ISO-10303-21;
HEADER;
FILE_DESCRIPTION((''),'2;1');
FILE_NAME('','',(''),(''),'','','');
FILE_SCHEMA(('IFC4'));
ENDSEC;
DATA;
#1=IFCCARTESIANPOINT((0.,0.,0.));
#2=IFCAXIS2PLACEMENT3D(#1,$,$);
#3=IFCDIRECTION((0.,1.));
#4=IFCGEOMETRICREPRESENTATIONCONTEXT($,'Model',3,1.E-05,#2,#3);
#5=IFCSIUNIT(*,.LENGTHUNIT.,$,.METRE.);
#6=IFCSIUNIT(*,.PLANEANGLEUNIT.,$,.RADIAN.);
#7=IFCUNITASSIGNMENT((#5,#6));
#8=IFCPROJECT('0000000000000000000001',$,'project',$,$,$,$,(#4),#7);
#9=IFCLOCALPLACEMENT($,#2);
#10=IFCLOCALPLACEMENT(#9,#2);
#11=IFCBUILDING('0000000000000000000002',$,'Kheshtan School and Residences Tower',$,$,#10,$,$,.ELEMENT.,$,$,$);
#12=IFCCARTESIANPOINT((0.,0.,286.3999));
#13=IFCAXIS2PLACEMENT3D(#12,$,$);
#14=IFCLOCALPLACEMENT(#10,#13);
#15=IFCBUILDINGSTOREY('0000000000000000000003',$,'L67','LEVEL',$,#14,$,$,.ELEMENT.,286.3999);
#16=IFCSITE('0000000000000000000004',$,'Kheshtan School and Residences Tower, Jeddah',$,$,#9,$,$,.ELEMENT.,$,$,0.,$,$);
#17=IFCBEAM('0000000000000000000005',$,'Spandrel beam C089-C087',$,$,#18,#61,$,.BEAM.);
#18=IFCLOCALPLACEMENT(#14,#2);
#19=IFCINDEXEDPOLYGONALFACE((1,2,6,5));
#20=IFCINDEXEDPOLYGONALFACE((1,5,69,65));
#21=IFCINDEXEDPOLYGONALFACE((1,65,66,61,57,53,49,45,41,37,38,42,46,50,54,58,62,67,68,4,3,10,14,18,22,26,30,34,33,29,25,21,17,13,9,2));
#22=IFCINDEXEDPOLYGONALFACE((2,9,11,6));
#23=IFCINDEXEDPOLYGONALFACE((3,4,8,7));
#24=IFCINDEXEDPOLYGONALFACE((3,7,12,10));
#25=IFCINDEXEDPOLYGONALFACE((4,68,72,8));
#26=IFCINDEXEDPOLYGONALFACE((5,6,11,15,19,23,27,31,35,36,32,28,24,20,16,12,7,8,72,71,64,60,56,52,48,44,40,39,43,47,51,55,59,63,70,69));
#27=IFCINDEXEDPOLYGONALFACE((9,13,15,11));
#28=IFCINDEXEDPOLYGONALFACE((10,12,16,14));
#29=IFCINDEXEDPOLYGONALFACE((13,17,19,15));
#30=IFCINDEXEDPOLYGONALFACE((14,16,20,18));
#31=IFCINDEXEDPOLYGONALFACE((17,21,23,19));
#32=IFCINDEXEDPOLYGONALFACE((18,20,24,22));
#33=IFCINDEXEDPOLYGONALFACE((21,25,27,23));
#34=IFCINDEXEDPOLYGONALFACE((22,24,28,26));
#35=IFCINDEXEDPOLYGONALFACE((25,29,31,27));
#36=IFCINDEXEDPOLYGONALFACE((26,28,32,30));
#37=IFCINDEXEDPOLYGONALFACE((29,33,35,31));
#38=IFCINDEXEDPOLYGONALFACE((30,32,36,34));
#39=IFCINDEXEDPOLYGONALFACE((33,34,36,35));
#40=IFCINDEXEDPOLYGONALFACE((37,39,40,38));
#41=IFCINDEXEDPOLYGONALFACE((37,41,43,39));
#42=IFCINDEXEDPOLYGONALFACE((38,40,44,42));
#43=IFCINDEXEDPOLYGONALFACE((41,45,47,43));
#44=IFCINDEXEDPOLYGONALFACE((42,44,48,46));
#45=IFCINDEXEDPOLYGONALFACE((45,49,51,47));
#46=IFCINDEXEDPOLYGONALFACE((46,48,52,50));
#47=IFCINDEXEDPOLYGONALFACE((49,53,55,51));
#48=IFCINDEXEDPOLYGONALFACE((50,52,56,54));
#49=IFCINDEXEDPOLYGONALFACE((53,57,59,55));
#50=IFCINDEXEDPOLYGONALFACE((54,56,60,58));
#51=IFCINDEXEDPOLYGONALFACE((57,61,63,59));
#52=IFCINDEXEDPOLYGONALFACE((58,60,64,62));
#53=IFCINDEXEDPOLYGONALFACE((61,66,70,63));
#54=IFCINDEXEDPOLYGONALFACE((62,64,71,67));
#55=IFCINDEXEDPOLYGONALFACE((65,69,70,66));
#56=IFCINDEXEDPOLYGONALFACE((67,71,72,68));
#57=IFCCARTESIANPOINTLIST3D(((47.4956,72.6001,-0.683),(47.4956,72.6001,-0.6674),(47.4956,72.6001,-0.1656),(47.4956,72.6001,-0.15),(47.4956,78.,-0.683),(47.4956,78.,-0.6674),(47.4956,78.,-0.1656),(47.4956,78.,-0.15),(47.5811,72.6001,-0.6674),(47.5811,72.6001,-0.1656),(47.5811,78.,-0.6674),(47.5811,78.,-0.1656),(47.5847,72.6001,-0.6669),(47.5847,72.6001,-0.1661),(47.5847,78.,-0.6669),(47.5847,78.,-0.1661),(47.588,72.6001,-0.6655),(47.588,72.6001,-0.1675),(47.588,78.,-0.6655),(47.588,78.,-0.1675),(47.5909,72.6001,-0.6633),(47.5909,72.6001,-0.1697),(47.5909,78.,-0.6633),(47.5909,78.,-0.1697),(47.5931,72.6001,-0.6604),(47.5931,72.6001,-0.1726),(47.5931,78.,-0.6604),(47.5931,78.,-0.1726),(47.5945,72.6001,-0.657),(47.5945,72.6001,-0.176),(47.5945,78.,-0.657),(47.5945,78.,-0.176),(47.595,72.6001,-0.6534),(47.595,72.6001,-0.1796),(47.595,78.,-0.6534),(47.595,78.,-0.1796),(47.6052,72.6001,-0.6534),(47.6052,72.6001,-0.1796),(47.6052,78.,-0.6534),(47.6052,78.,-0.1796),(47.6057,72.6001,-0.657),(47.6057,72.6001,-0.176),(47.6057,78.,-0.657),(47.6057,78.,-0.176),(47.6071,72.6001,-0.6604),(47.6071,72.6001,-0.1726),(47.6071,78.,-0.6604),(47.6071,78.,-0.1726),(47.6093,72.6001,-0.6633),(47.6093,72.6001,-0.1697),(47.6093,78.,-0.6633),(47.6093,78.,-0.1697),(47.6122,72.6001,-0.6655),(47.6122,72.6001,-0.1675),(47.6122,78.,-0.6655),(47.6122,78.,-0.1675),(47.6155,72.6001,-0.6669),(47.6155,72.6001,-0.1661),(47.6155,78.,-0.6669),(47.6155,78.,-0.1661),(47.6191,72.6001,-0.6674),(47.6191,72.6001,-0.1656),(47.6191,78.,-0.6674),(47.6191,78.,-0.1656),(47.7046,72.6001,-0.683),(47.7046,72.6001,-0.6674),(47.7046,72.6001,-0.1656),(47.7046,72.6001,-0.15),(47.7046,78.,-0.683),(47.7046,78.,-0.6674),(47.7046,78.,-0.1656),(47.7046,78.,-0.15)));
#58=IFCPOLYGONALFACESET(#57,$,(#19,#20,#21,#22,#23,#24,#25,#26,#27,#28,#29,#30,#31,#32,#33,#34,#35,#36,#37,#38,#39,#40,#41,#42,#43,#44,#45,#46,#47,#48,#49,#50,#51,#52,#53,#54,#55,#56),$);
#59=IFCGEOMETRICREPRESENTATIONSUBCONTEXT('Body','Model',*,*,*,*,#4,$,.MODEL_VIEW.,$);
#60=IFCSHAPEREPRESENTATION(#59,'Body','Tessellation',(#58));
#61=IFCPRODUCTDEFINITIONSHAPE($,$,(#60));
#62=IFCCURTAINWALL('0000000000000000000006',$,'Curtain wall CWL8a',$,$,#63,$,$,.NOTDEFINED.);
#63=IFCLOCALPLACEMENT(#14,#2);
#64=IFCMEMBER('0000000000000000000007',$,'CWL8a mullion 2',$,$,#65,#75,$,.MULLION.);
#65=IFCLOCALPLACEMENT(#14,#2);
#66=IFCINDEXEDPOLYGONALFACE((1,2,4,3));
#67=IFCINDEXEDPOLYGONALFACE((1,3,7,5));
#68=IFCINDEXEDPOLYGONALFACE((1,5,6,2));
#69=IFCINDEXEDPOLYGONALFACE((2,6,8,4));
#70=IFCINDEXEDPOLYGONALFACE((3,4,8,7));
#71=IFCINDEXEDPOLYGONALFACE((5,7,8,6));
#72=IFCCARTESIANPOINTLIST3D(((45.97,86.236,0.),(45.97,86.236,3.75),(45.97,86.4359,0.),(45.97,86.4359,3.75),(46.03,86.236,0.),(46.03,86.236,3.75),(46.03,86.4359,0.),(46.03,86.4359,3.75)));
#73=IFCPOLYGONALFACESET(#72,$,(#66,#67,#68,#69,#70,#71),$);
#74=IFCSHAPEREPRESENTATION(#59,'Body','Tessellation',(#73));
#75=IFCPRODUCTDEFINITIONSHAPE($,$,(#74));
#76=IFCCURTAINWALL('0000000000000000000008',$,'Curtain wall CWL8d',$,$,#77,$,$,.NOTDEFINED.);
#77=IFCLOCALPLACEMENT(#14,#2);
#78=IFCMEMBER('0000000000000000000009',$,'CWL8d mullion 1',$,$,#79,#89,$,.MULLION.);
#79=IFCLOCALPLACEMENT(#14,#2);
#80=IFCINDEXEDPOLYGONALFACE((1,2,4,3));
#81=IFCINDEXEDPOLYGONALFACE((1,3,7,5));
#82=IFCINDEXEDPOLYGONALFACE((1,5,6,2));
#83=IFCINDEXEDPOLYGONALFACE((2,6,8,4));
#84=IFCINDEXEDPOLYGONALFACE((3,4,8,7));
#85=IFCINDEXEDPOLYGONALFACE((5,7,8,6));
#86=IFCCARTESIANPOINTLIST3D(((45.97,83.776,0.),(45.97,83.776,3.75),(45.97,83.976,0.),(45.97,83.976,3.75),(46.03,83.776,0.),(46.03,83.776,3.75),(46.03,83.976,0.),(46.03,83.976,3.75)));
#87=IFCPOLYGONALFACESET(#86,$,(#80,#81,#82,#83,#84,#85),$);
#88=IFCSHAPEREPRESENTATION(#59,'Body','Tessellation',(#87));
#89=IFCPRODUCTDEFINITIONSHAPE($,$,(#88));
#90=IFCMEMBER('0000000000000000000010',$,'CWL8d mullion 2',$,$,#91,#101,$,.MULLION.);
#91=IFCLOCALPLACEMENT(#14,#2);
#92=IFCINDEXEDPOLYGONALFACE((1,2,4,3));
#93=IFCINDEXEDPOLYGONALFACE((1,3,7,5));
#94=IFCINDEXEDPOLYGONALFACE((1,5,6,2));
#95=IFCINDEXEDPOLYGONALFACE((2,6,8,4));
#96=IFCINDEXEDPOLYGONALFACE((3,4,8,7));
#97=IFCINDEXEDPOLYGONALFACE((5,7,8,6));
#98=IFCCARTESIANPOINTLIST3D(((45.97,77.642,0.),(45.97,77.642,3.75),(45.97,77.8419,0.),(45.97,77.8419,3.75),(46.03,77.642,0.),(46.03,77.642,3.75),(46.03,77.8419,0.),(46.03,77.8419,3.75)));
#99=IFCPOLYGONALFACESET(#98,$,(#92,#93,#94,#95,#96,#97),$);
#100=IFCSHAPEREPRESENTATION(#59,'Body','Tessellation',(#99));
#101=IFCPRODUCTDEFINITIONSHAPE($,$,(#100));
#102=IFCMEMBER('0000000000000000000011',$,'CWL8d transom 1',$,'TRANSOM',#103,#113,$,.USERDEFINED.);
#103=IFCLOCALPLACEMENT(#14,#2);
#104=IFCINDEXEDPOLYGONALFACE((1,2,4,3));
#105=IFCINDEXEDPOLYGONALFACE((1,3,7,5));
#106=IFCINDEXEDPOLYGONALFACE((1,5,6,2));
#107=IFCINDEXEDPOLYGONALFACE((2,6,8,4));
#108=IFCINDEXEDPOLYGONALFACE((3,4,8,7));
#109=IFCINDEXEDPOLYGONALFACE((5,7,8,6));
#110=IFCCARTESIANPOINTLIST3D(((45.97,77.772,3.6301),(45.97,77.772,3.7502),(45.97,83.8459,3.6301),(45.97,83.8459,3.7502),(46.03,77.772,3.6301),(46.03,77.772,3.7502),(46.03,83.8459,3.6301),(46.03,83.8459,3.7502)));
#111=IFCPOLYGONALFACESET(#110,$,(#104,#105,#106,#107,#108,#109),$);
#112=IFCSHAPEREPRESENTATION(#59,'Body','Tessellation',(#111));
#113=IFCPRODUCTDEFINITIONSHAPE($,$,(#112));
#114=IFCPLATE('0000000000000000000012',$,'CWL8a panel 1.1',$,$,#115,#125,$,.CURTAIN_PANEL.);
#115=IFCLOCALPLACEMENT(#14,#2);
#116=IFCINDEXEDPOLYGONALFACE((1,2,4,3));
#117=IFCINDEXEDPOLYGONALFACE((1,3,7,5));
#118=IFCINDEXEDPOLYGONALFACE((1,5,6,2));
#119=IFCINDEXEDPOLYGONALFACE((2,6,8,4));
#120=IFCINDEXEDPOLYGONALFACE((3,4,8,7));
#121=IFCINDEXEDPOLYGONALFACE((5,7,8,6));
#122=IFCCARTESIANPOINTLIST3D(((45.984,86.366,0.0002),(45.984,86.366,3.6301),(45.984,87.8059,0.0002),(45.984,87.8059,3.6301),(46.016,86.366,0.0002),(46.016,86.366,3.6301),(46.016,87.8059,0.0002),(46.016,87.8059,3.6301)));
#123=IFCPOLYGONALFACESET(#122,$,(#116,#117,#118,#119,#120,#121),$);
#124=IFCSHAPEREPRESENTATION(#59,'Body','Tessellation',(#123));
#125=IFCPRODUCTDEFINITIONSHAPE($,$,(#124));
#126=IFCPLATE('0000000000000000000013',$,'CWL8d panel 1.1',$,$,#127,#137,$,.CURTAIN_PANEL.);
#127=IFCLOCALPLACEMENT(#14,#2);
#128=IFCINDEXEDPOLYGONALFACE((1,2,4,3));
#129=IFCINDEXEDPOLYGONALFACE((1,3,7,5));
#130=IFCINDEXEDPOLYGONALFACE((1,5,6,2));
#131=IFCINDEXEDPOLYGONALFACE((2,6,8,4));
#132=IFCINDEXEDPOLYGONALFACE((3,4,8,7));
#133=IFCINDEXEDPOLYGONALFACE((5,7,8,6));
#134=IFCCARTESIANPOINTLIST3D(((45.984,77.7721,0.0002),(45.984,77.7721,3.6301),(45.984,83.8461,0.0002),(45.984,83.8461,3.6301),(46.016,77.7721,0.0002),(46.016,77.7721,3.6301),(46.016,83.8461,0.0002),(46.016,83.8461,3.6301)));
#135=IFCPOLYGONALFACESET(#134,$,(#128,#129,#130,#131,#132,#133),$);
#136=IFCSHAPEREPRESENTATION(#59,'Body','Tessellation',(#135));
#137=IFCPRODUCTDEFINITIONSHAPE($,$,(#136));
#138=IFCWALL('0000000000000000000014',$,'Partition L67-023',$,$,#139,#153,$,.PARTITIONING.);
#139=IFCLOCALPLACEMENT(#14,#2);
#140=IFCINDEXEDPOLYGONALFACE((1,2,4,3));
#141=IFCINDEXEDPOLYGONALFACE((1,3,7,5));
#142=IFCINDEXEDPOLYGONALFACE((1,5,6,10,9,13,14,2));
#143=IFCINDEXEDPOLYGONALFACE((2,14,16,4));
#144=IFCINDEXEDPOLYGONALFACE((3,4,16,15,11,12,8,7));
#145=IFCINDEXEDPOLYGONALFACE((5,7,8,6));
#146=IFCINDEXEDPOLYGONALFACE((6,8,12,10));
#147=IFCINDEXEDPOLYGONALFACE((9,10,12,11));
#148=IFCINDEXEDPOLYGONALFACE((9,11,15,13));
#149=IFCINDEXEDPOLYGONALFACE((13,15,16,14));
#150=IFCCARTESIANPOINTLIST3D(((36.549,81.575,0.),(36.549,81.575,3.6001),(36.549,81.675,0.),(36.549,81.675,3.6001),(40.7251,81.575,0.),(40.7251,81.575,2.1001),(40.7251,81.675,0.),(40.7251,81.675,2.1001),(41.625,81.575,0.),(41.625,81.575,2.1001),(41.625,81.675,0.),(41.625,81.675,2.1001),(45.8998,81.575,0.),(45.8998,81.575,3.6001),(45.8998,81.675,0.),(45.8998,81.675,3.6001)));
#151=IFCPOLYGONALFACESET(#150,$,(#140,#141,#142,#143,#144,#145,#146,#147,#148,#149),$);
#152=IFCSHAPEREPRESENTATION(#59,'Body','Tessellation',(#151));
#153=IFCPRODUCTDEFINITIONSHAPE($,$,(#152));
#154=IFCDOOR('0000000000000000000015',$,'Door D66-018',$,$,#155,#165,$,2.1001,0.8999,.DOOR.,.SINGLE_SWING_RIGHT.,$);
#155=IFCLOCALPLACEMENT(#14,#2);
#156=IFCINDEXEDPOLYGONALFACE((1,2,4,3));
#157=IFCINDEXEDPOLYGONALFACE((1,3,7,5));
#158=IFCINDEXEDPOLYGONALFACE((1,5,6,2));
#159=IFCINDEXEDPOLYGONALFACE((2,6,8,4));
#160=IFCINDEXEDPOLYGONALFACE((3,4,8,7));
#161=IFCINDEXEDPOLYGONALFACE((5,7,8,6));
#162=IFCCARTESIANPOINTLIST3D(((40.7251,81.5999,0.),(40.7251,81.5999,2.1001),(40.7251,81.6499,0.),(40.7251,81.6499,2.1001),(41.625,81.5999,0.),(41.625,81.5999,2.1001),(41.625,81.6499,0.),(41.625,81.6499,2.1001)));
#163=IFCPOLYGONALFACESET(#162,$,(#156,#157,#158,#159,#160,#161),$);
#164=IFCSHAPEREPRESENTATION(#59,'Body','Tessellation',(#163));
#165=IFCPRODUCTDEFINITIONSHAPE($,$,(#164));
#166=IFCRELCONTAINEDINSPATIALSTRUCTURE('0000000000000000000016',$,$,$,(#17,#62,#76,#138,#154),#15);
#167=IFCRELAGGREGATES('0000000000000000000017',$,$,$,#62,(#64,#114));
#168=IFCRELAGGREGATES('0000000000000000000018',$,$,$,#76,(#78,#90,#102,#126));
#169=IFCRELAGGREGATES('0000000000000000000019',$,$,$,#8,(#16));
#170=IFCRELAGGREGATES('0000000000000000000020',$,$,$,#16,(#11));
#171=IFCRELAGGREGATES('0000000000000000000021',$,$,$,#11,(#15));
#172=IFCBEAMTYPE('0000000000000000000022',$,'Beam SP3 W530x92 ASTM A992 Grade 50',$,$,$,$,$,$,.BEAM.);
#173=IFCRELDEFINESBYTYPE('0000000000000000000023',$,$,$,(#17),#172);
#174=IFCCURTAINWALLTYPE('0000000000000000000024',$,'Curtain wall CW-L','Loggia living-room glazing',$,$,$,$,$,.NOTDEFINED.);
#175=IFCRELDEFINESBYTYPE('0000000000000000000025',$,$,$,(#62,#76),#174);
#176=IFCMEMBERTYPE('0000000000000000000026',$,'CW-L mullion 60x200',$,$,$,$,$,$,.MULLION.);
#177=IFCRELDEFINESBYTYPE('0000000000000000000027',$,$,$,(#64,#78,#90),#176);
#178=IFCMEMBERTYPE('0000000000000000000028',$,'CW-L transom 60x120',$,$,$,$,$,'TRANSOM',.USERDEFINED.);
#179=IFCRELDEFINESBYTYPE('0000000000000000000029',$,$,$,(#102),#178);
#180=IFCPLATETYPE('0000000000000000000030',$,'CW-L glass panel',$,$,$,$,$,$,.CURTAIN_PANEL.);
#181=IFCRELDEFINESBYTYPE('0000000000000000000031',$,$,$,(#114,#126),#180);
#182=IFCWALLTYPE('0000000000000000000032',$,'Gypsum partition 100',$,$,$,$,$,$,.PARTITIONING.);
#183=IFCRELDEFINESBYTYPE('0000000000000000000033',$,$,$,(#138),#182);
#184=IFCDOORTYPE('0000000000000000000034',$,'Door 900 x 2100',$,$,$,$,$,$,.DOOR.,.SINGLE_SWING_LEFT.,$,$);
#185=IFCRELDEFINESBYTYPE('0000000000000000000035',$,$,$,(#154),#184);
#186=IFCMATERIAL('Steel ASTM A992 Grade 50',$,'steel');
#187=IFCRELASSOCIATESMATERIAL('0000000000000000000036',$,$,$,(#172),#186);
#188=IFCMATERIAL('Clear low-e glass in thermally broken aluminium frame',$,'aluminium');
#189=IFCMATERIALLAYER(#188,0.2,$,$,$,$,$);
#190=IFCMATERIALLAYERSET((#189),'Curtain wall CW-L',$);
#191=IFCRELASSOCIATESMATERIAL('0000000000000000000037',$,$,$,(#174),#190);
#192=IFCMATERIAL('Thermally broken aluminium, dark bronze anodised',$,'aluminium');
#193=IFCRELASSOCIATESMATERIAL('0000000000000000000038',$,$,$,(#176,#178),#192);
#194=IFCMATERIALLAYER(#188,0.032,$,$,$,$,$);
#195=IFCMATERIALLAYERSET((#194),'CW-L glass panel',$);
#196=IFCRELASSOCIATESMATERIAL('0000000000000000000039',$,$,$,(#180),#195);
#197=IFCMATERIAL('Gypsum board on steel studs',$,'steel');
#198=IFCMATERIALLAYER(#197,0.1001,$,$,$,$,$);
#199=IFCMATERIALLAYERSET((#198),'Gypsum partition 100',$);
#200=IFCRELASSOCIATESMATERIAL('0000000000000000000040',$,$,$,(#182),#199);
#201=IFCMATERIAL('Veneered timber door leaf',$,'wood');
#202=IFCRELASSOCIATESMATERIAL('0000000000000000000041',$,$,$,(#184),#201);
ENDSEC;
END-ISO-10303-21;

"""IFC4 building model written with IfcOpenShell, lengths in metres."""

from ifc_helpers import new_model, si_unit, direction, frame, frame_2d, origin, origin_2d, place, context, subcontext, project, spatial, rectangle, i_section, extrude, source, transform, mapped, material, layer, layer_set, material_profile, profile_set, type_object, element, fill, aggregate, save


model = new_model("IFC4")

# Units and contexts
model_context = context("Model", 3, precision=1e-05, world=origin(), true_north=direction((0.0, 1.0)))
body_context = subcontext(model_context, "Body", "Model", "MODEL_VIEW")
ifc_project = project(units=[si_unit("LENGTHUNIT", "METRE"), si_unit("PLANEANGLEUNIT", "RADIAN")], contexts=[model_context])

# Site, building, storey
site_placement = place(None, origin())
site = spatial("IfcSite", under=ifc_project, at=site_placement, Name="Kheshtan School and Residences Tower, Jeddah", CompositionType="ELEMENT", RefElevation=0.0)
building_placement = place(site_placement, origin())
building = spatial("IfcBuilding", under=site, at=building_placement, Name="Kheshtan School and Residences Tower", CompositionType="ELEMENT")
storey_placement = place(building_placement, frame((0.0, 0.0, 286.3999)))
storey = spatial("IfcBuildingStorey", under=building, at=storey_placement, Name="L67", Description="LEVEL", CompositionType="ELEMENT", Elevation=286.3999)

# Shared definitions
ifc_material_1 = material(Name="Steel ASTM A992 Grade 50", Category="steel")

# Beam
ifc_material_profile_1 = material_profile(ifc_material_1, i_section(OverallWidth=0.209, OverallDepth=0.533, WebThickness=0.0103, FlangeThickness=0.0156, FilletRadius=0.0139, at=origin_2d()), Name="W530x92")
ifc_profile_set_1 = profile_set([ifc_material_profile_1], Name="Steel ASTM A992 Grade 50")
beam_type_1 = type_object("IfcBeamType", Name="Beam SP3 W530x92 ASTM A992 Grade 50", PredefinedType="BEAM", material=ifc_profile_set_1)
for number, where, z_axis, x_axis, name in (
    (1, (47.6001, 78.0, -0.4165), (0.0, -1.0, 0.0), (1.0, 0.0, 0.0), "Spandrel beam C089-C087"),
):
    element("IfcBeam", number, at=place(storey_placement, frame(where, z_axis=z_axis, x_axis=x_axis)), inside=storey, type_object=beam_type_1, Name=name, PredefinedType="BEAM", context=body_context, shape_type="SweptSolid", body=[
        extrude(i_section(OverallWidth=0.209, OverallDepth=0.533, WebThickness=0.0103, FlangeThickness=0.0156, FilletRadius=0.0139, at=origin_2d()), origin(), (0.0, 0.0, 1.0), 5.3999),
    ])

# Curtain wall, member
ifc_material_2 = material(Name="Clear low-e glass in thermally broken aluminium frame", Category="aluminium")
ifc_layer_1 = layer(ifc_material_2, 0.2)
ifc_layer_set_1 = layer_set([ifc_layer_1], Name="Curtain wall CW-L")
curtain_wall_type = type_object("IfcCurtainWallType", Name="Curtain wall CW-L", Description="Loggia living-room glazing", PredefinedType="NOTDEFINED", material=ifc_layer_set_1)
curtain_wall_1_placement = place(storey_placement, origin())
curtain_wall_1 = element("IfcCurtainWall", 2, at=curtain_wall_1_placement, inside=storey, type_object=curtain_wall_type, Name="Curtain wall CWL8a", PredefinedType="NOTDEFINED")
ifc_material_3 = material(Name="Thermally broken aluminium, dark bronze anodised", Category="aluminium")
ifc_material_profile_2 = material_profile(ifc_material_3, rectangle(XDim=0.0601, YDim=0.2, at=origin_2d()), Name="CW-L mullion 60x200")
ifc_profile_set_2 = profile_set([ifc_material_profile_2], Name="Thermally broken aluminium, dark bronze anodised")
member_type_1 = type_object("IfcMemberType", Name="CW-L mullion 60x200", PredefinedType="MULLION", material=ifc_profile_set_2)
member_1_placement = place(storey_placement, frame((46.0, 86.3359, 0.0), z_axis=(0.0, 0.0, 1.0), x_axis=(1.0, 0.0, 0.0)))
member_1 = element("IfcMember", 3, at=member_1_placement, type_object=member_type_1, Name="CWL8a mullion 2", PredefinedType="MULLION", context=body_context, shape_type="SweptSolid", body=[
    extrude(rectangle(XDim=0.0601, YDim=0.2, at=origin_2d()), origin(), (0.0, 0.0, 1.0), 3.75),
])

# Curtain wall, members
curtain_wall_2_placement = place(storey_placement, origin())
curtain_wall_2 = element("IfcCurtainWall", 4, at=curtain_wall_2_placement, inside=storey, type_object=curtain_wall_type, Name="Curtain wall CWL8d", PredefinedType="NOTDEFINED")
member_2_placement = place(storey_placement, frame((46.0, 83.876, 0.0), z_axis=(0.0, 0.0, 1.0), x_axis=(1.0, 0.0, 0.0)))
member_2 = element("IfcMember", 5, at=member_2_placement, type_object=member_type_1, Name="CWL8d mullion 1", PredefinedType="MULLION", context=body_context, shape_type="SweptSolid", body=[
    extrude(rectangle(XDim=0.0601, YDim=0.2, at=origin_2d()), origin(), (0.0, 0.0, 1.0), 3.75),
])
member_3_placement = place(storey_placement, frame((46.0, 77.7419, 0.0), z_axis=(0.0, 0.0, 1.0), x_axis=(1.0, 0.0, 0.0)))
member_3 = element("IfcMember", 6, at=member_3_placement, type_object=member_type_1, Name="CWL8d mullion 2", PredefinedType="MULLION", context=body_context, shape_type="SweptSolid", body=[
    extrude(rectangle(XDim=0.0601, YDim=0.2, at=origin_2d()), origin(), (0.0, 0.0, 1.0), 3.75),
])
ifc_material_profile_3 = material_profile(ifc_material_3, rectangle(XDim=0.0601, YDim=0.1201, at=origin_2d()), Name="CW-L transom 60x120")
ifc_profile_set_3 = profile_set([ifc_material_profile_3], Name="Thermally broken aluminium, dark bronze anodised")
member_type_2 = type_object("IfcMemberType", Name="CW-L transom 60x120", ElementType="TRANSOM", PredefinedType="USERDEFINED", material=ifc_profile_set_3)
member_4_placement = place(storey_placement, frame((46.0, 83.8459, 3.6902), z_axis=(0.0, -1.0, 0.0), x_axis=(1.0, 0.0, 0.0)))
member_4 = element("IfcMember", 7, at=member_4_placement, type_object=member_type_2, Name="CWL8d transom 1", ObjectType="TRANSOM", PredefinedType="USERDEFINED", context=body_context, shape_type="SweptSolid", body=[
    extrude(rectangle(XDim=0.0601, YDim=0.1201, at=origin_2d()), origin(), (0.0, 0.0, 1.0), 6.074),
])

# Plates
ifc_layer_2 = layer(ifc_material_2, 0.032)
ifc_layer_set_2 = layer_set([ifc_layer_2], Name="CW-L glass panel")
plate_type = type_object("IfcPlateType", Name="CW-L glass panel", PredefinedType="CURTAIN_PANEL", material=ifc_layer_set_2)
plate_1_placement = place(storey_placement, frame((46.0, 87.0859, 0.0002), z_axis=(0.0, 0.0, 1.0), x_axis=(0.0, -1.0, 0.0)))
plate_1 = element("IfcPlate", 8, at=plate_1_placement, type_object=plate_type, Name="CWL8a panel 1.1", PredefinedType="CURTAIN_PANEL", context=body_context, shape_type="SweptSolid", body=[
    extrude(rectangle(XDim=1.4399, YDim=0.032, at=origin_2d()), origin(), (0.0, 0.0, 1.0), 3.6299),
])
aggregate(curtain_wall_1, [member_1, plate_1])
plate_2_placement = place(storey_placement, frame((46.0, 80.8091, 0.0002), z_axis=(0.0, 0.0, 1.0), x_axis=(0.0, -1.0, 0.0)))
plate_2 = element("IfcPlate", 9, at=plate_2_placement, type_object=plate_type, Name="CWL8d panel 1.1", PredefinedType="CURTAIN_PANEL", context=body_context, shape_type="SweptSolid", body=[
    extrude(rectangle(XDim=6.074, YDim=0.032, at=origin_2d()), origin(), (0.0, 0.0, 1.0), 3.6299),
])
aggregate(curtain_wall_2, [member_2, member_3, member_4, plate_2])

# Wall, opening, door
ifc_material_4 = material(Name="Gypsum board on steel studs", Category="steel")
ifc_layer_3 = layer(ifc_material_4, 0.1001)
ifc_layer_set_3 = layer_set([ifc_layer_3], Name="Gypsum partition 100")
wall_type_1 = type_object("IfcWallType", Name="Gypsum partition 100", PredefinedType="PARTITIONING", material=ifc_layer_set_3)
wall_1_placement = place(storey_placement, frame((36.5491, 81.625, 0.0), z_axis=(0.0, 0.0, 1.0), x_axis=(1.0, 0.0, 0.0)))
wall_1 = element("IfcWall", 10, at=wall_1_placement, inside=storey, type_object=wall_type_1, Name="Partition L67-023", PredefinedType="PARTITIONING", context=body_context, shape_type="SweptSolid", body=[
    extrude(rectangle(XDim=9.3508, YDim=0.1001, at=frame_2d((4.6753, 0.0))), origin(), (0.0, 0.0, 1.0), 3.6001),
])
opening_1_placement = place(wall_1_placement, frame((4.176, 0.0, 0.0)))
opening_1 = element("IfcOpeningElement", 11, at=opening_1_placement, cuts=wall_1, PredefinedType="OPENING", context=body_context, shape_type="SweptSolid", body=[
    extrude(rectangle(XDim=0.8999, YDim=2.1001, at=frame_2d((0.45, 1.05))), frame((0.0, 0.0601, 0.0), z_axis=(0.0, -1.0, 0.0), x_axis=(1.0, 0.0, 0.0)), (0.0, 0.0, 1.0), 0.1201),
])
ifc_material_5 = material(Name="Veneered timber door leaf", Category="wood")
door_type_1 = type_object("IfcDoorType", Name="Door 900 x 2100", OperationType="SINGLE_SWING_LEFT", PredefinedType="DOOR", material=ifc_material_5)
shared_shape_1 = source(origin(), body_context, "Body", "SweptSolid", [
    extrude(rectangle(XDim=0.8999, YDim=2.1001, at=frame_2d((0.45, 1.05))), frame((0.0, 0.0249, 0.0), z_axis=(0.0, -1.0, 0.0), x_axis=(1.0, 0.0, 0.0)), (0.0, 0.0, 1.0), 0.05),
])
door_1_placement = place(opening_1_placement, origin())
door_1 = element("IfcDoor", 12, at=door_1_placement, inside=storey, type_object=door_type_1, Name="Door D66-018", OperationType="SINGLE_SWING_RIGHT", OverallHeight=2.1001, OverallWidth=0.8999, PredefinedType="DOOR", context=body_context, shape_type="MappedRepresentation", body=[
    mapped(shared_shape_1, transform((0.0, 0.0, 0.0), x_axis=(1.0, 0.0, 0.0), y_axis=(0.0, 1.0, 0.0), z_axis=(0.0, 0.0, 1.0), scale=1.0)),
])
fill(opening_1, door_1)

save(model, "model.ifc")
